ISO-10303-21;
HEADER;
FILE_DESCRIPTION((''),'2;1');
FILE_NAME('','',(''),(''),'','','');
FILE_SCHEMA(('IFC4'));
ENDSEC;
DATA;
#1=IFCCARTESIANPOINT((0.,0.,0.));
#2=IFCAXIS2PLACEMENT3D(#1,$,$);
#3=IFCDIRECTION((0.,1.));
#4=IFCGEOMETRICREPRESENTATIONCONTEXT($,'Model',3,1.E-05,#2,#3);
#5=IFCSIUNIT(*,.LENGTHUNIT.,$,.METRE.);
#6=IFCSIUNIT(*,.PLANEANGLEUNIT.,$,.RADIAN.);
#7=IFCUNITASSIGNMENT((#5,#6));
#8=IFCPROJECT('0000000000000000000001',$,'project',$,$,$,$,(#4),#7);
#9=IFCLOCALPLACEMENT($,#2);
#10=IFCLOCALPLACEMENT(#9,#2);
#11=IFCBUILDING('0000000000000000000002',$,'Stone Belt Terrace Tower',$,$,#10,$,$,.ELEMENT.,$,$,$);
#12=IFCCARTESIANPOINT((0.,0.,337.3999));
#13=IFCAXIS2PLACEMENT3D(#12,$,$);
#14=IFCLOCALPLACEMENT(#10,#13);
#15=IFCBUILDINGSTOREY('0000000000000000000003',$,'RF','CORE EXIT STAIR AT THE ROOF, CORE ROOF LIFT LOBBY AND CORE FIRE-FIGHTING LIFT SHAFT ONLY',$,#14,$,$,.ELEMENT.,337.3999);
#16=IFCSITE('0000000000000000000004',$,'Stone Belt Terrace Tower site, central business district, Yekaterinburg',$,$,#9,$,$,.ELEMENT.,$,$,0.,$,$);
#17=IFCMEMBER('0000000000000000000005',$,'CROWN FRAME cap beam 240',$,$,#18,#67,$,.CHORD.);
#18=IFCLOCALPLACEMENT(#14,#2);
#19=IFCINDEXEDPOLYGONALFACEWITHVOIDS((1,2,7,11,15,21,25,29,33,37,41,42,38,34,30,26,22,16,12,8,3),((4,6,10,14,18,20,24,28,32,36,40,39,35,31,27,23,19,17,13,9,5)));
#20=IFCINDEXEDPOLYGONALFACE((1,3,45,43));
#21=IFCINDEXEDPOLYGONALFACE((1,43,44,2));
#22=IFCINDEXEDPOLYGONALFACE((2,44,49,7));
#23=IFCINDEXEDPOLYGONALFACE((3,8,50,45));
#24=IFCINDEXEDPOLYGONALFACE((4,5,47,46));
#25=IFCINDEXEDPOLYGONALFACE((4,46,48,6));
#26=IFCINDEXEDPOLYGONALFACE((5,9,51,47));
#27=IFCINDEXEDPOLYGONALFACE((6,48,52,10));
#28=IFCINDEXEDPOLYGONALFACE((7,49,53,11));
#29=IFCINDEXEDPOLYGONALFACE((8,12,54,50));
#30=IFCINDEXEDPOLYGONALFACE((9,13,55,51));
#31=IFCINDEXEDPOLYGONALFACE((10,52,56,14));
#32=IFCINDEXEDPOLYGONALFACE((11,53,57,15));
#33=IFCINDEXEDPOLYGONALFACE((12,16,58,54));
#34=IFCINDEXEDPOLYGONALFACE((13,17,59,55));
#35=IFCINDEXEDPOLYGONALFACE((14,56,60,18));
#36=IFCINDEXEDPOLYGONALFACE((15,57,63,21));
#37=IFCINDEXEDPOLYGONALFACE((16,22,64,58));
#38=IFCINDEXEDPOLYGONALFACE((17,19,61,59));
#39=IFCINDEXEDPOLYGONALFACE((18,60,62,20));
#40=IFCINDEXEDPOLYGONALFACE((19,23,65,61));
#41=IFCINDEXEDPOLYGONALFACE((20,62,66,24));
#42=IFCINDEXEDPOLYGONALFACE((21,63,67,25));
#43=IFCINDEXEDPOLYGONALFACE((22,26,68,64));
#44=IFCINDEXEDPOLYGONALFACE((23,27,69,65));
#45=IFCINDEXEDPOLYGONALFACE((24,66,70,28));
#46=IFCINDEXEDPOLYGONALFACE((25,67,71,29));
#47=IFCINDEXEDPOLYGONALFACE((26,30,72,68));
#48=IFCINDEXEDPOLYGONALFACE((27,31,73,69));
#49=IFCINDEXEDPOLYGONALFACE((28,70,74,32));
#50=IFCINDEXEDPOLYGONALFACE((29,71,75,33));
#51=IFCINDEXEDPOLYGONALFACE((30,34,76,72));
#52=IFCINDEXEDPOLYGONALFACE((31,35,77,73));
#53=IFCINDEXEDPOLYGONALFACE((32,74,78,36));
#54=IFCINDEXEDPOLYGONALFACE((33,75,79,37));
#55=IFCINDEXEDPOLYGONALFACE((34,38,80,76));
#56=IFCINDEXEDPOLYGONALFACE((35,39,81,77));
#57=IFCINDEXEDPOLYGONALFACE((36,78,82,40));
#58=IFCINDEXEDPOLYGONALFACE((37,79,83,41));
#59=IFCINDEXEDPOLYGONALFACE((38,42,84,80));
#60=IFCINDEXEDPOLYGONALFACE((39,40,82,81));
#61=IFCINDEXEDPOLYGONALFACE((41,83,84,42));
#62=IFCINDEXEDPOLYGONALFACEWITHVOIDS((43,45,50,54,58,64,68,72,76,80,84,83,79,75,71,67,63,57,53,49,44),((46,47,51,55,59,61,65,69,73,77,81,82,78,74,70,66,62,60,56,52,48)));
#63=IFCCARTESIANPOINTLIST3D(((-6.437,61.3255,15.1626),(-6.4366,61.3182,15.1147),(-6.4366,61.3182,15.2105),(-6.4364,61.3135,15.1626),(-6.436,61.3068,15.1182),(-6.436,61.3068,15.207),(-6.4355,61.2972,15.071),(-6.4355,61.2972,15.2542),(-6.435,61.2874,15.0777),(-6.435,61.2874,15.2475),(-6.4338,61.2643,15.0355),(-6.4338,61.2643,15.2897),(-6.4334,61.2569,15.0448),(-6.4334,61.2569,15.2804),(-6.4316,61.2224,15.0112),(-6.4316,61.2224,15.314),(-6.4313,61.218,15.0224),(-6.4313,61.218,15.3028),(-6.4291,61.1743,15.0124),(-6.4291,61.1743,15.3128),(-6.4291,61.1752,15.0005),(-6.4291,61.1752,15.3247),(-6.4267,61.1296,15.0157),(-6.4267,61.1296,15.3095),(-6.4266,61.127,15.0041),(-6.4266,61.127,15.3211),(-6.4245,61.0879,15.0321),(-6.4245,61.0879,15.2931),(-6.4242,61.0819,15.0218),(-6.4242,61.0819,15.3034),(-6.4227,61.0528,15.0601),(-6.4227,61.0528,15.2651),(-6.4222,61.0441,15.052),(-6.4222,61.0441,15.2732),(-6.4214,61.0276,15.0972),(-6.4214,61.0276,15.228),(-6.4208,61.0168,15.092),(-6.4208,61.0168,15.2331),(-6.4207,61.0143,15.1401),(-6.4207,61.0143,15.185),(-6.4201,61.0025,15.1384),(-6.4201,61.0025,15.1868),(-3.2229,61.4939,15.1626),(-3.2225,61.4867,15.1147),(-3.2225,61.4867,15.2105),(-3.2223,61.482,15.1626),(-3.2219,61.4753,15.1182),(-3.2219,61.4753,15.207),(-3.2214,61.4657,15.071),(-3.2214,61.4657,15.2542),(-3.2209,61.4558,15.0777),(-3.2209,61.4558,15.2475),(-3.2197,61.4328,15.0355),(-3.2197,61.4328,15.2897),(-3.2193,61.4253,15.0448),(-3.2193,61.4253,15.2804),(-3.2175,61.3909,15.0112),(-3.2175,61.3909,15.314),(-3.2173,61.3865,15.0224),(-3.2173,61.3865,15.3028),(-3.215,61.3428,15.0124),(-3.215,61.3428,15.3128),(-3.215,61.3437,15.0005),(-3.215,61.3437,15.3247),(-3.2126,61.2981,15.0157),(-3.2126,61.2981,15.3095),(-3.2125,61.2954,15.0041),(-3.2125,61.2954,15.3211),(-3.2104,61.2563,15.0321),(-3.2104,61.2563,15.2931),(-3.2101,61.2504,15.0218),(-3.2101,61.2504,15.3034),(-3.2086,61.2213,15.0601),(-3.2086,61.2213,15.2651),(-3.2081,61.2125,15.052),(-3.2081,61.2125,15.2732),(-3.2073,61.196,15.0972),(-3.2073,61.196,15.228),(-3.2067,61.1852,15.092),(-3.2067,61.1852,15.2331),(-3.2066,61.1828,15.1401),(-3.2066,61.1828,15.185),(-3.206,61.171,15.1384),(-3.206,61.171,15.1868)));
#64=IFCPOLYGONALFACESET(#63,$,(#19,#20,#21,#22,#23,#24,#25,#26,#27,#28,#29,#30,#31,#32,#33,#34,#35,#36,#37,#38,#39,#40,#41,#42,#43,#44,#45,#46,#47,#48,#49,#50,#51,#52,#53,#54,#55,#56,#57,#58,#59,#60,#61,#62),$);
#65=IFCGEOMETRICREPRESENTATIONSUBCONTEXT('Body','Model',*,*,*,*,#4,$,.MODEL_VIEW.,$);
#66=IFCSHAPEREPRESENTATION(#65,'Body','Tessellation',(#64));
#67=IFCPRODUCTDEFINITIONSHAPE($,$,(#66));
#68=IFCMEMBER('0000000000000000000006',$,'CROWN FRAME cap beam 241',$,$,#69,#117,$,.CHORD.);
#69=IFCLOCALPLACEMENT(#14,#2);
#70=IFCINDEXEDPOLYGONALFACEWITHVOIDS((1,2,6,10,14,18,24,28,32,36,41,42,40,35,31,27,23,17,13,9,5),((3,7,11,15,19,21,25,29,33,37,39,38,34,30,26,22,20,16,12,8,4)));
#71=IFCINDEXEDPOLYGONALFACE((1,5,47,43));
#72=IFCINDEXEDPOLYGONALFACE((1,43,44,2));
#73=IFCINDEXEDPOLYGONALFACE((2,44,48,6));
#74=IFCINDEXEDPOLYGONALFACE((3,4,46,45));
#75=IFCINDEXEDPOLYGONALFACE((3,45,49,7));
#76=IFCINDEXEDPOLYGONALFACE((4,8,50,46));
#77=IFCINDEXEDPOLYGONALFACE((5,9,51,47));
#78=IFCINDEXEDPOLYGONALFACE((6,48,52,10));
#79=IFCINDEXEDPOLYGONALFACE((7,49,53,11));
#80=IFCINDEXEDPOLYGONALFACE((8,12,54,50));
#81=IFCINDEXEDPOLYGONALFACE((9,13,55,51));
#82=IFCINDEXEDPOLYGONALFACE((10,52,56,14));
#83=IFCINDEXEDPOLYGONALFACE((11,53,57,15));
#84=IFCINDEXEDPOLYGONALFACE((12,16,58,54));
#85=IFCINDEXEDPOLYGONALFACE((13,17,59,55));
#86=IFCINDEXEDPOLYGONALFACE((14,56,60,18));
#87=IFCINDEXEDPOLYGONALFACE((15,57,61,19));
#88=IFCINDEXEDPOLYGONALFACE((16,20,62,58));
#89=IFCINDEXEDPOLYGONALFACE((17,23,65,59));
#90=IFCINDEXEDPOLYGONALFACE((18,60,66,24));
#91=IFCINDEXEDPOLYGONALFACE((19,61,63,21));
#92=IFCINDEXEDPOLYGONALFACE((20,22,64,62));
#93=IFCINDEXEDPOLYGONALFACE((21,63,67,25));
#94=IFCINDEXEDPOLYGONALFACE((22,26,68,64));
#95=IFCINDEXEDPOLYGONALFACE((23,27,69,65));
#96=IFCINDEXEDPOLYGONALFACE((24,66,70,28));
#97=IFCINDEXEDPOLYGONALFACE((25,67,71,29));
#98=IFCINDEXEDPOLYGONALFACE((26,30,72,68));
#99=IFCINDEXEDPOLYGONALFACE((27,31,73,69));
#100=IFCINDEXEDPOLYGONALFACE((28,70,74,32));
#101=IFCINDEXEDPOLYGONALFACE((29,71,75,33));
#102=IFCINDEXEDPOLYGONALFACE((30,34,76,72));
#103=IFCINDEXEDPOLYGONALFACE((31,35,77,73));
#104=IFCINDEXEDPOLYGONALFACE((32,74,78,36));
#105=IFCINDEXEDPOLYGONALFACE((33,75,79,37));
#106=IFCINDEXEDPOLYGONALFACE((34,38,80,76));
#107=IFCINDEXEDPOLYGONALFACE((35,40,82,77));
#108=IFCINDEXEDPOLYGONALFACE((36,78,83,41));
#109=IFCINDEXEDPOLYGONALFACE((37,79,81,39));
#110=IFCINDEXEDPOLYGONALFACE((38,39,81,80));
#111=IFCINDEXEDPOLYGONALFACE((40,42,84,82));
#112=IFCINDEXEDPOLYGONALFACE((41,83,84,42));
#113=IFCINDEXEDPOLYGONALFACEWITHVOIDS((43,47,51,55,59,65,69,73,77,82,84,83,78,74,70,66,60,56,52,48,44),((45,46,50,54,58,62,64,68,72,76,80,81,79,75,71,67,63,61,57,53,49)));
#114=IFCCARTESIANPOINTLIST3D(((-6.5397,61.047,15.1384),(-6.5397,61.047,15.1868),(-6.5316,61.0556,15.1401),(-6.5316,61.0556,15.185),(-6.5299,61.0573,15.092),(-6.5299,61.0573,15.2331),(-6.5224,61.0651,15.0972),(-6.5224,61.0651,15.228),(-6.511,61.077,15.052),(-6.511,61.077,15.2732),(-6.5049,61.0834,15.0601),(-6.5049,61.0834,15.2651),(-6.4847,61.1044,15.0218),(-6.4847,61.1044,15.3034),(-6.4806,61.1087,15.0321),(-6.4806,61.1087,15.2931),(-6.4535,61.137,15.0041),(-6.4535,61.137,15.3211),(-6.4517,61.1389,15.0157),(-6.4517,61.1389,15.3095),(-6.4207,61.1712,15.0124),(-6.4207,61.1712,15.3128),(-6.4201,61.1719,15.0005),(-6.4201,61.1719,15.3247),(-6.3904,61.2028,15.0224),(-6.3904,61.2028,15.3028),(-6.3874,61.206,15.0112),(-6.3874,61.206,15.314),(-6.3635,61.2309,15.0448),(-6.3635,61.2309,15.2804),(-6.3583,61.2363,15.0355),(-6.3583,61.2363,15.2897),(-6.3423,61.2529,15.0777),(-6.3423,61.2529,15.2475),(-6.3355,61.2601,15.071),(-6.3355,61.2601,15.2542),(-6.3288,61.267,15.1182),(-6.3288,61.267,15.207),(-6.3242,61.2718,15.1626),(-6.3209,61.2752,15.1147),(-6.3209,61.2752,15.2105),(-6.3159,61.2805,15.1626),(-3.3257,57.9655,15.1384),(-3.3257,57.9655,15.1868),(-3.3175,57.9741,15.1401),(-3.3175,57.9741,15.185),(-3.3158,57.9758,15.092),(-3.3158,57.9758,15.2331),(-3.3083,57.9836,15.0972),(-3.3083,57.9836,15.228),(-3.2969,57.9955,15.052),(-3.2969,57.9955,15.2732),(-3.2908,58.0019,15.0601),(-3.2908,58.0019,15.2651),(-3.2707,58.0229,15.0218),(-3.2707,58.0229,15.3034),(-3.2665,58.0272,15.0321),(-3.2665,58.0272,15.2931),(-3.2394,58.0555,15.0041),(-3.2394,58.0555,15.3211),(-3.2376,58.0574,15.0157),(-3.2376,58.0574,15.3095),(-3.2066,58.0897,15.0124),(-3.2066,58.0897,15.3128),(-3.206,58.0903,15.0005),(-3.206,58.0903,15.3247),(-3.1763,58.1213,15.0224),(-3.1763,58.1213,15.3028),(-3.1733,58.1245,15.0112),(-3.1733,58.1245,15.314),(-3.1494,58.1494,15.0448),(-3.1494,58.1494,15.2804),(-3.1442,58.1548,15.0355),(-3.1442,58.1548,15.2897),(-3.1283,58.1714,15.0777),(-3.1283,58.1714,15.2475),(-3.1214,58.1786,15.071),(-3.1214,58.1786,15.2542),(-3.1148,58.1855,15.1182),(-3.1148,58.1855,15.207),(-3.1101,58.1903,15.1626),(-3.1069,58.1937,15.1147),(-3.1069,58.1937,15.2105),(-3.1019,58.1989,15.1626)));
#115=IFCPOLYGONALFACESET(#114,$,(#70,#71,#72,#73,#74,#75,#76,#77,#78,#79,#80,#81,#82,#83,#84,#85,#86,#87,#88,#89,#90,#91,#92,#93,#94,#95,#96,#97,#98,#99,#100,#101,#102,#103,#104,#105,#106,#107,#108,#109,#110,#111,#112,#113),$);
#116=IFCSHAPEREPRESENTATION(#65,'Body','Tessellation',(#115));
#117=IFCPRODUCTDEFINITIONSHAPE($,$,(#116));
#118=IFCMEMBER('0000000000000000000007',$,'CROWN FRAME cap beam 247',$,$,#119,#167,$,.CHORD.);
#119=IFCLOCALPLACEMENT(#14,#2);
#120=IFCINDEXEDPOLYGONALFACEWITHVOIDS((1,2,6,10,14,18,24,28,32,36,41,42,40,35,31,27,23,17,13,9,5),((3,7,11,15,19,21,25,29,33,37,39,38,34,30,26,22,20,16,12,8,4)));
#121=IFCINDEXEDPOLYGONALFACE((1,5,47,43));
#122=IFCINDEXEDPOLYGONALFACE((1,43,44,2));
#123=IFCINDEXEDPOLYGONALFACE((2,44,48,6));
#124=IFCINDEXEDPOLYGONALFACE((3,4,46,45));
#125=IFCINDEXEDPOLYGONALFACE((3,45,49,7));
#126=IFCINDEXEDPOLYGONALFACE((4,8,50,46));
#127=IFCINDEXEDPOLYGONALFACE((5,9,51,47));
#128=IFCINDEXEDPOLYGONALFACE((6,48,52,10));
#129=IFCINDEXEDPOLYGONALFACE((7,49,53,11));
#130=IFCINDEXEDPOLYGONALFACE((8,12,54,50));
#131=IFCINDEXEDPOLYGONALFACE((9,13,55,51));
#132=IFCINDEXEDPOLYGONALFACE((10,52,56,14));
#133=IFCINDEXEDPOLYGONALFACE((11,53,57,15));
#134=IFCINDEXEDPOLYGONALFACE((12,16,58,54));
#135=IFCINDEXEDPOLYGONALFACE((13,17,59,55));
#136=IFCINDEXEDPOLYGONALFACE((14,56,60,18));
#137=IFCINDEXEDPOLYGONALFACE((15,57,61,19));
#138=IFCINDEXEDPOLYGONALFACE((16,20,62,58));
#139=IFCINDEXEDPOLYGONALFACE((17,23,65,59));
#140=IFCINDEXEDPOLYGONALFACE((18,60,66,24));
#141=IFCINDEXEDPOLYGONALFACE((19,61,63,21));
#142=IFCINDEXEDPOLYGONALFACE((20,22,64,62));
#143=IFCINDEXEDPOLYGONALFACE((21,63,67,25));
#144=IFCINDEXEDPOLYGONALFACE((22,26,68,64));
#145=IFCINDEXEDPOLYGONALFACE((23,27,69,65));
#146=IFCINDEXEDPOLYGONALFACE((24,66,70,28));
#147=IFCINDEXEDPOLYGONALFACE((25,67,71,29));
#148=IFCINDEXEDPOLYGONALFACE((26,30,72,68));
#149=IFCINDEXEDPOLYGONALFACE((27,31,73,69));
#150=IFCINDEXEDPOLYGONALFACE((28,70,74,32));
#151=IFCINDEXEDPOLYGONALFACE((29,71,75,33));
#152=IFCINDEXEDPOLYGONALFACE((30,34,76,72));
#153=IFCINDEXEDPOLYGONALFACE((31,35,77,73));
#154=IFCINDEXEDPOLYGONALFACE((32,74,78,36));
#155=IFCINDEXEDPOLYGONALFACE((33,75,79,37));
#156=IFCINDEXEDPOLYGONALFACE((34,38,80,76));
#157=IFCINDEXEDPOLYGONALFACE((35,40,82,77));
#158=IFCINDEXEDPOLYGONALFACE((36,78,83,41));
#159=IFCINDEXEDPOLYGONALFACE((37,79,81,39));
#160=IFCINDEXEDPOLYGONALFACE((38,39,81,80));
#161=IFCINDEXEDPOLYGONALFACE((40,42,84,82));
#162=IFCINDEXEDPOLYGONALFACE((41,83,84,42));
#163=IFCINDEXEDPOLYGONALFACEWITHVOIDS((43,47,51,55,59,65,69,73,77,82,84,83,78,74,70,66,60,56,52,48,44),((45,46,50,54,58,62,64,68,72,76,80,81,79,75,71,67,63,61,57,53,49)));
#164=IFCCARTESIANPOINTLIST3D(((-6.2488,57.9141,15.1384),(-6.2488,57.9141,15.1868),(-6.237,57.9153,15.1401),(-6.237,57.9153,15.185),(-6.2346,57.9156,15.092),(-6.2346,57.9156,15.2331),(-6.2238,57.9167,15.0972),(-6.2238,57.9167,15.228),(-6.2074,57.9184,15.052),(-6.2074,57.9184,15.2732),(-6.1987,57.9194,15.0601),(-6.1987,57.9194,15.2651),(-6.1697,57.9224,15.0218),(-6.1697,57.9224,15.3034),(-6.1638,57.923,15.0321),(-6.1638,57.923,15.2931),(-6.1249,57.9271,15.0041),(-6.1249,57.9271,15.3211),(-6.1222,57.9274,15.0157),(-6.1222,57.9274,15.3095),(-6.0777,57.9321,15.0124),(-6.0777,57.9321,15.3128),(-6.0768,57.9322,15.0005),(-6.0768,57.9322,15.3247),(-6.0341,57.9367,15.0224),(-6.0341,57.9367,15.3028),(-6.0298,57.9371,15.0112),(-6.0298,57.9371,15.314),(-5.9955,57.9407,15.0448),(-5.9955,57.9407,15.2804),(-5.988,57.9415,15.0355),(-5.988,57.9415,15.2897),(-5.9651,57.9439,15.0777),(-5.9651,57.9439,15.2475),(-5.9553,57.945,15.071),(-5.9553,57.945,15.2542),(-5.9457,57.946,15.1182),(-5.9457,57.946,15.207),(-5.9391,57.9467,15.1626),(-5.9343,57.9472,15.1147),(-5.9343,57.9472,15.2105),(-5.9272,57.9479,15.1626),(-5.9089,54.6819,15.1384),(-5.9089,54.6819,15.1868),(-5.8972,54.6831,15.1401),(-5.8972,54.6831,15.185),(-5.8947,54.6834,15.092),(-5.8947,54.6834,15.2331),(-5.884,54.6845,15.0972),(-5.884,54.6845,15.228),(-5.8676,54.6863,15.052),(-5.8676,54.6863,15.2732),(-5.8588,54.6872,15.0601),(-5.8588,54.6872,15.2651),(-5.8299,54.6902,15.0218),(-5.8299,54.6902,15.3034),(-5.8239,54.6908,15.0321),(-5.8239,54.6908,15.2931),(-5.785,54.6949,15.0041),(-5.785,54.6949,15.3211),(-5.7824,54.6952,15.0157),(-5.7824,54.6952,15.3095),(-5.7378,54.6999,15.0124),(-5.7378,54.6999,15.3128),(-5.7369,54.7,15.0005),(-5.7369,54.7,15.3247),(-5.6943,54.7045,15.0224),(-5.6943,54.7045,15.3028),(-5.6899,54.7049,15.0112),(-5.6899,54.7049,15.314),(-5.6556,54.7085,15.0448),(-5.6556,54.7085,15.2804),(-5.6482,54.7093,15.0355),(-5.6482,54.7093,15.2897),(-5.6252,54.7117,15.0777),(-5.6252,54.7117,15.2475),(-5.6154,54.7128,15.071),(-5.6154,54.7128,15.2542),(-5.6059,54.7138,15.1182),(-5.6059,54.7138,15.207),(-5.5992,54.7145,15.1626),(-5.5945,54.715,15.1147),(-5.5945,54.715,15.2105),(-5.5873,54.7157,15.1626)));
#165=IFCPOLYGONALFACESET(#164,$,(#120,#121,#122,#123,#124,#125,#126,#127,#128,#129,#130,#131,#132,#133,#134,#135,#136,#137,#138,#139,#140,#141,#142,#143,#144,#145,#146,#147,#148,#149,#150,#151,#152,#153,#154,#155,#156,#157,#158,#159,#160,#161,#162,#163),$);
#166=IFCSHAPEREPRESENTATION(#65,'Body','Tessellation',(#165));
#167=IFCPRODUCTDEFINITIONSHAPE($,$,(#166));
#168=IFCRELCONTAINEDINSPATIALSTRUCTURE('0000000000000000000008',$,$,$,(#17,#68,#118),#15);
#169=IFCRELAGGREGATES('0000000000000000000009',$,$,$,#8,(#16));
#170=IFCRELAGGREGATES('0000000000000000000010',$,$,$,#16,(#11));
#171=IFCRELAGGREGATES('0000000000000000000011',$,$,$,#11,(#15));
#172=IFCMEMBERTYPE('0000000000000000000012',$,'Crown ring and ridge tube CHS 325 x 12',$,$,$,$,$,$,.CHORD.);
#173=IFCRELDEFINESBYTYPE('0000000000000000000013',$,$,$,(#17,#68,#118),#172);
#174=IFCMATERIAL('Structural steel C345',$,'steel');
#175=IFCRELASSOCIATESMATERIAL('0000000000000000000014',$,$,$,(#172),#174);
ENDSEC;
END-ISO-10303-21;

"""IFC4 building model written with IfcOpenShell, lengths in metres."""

from ifc_helpers import new_model, si_unit, direction, frame, origin, origin_2d, place, context, subcontext, project, spatial, hollow_circle, extrude, material, material_profile, profile_set, type_object, element, save


model = new_model("IFC4")

# Units and contexts
model_context = context("Model", 3, precision=1e-05, world=origin(), true_north=direction((0.0, 1.0)))
body_context = subcontext(model_context, "Body", "Model", "MODEL_VIEW")
ifc_project = project(units=[si_unit("LENGTHUNIT", "METRE"), si_unit("PLANEANGLEUNIT", "RADIAN")], contexts=[model_context])

# Site, building, storey
site_placement = place(None, origin())
site = spatial("IfcSite", under=ifc_project, at=site_placement, Name="Stone Belt Terrace Tower site, central business district, Yekaterinburg", CompositionType="ELEMENT", RefElevation=0.0)
building_placement = place(site_placement, origin())
building = spatial("IfcBuilding", under=site, at=building_placement, Name="Stone Belt Terrace Tower", CompositionType="ELEMENT")
storey_placement = place(building_placement, frame((0.0, 0.0, 337.3999)))
storey = spatial("IfcBuildingStorey", under=building, at=storey_placement, Name="RF", Description="CORE EXIT STAIR AT THE ROOF, CORE ROOF LIFT LOBBY AND CORE FIRE-FIGHTING LIFT SHAFT ONLY", CompositionType="ELEMENT", Elevation=337.3999)

# Members
ifc_material_1 = material(Name="Structural steel C345", Category="steel")
ifc_material_profile_1 = material_profile(ifc_material_1, hollow_circle(Radius=0.1626, WallThickness=0.012, at=origin_2d()), Name="Structural steel C345 CHS 325x12")
ifc_profile_set_1 = profile_set([ifc_material_profile_1], Name="Structural steel C345")
member_type_1 = type_object("IfcMemberType", Name="Crown ring and ridge tube CHS 325 x 12", PredefinedType="CHORD", material=ifc_profile_set_1)
member_1_placement = place(storey_placement, frame((-6.4285, 61.1631, 15.1626), z_axis=(0.998629, 0.05234, 0.0), x_axis=(-0.05234, 0.998629, 0.0)))
element("IfcMember", 1, at=member_1_placement, inside=storey, type_object=member_type_1, Name="CROWN FRAME cap beam 240", PredefinedType="CHORD", context=body_context, shape_type="SweptSolid", body=[
    extrude(hollow_circle(Radius=0.1626, WallThickness=0.012, at=origin_2d()), origin(), (0.0, 0.0, 1.0), 3.2185),
])
member_2_placement = place(storey_placement, frame((-6.4285, 61.1631, 15.1626), z_axis=(0.721836, -0.692064, 0.0), x_axis=(0.692064, 0.721836, 0.0)))
element("IfcMember", 2, at=member_2_placement, inside=storey, type_object=member_type_1, Name="CROWN FRAME cap beam 241", PredefinedType="CHORD", context=body_context, shape_type="SweptSolid", body=[
    extrude(hollow_circle(Radius=0.1626, WallThickness=0.012, at=origin_2d()), origin(), (0.0, 0.0, 1.0), 4.4526),
])
member_3_placement = place(storey_placement, frame((-6.0889, 57.9309, 15.1626), z_axis=(0.104567, -0.994518, 0.0), x_axis=(0.994518, 0.104567, 0.0)))
element("IfcMember", 3, at=member_3_placement, inside=storey, type_object=member_type_1, Name="CROWN FRAME cap beam 247", PredefinedType="CHORD", context=body_context, shape_type="SweptSolid", body=[
    extrude(hollow_circle(Radius=0.1626, WallThickness=0.012, at=origin_2d()), origin(), (0.0, 0.0, 1.0), 3.25),
])

save(model, "model.ifc")
